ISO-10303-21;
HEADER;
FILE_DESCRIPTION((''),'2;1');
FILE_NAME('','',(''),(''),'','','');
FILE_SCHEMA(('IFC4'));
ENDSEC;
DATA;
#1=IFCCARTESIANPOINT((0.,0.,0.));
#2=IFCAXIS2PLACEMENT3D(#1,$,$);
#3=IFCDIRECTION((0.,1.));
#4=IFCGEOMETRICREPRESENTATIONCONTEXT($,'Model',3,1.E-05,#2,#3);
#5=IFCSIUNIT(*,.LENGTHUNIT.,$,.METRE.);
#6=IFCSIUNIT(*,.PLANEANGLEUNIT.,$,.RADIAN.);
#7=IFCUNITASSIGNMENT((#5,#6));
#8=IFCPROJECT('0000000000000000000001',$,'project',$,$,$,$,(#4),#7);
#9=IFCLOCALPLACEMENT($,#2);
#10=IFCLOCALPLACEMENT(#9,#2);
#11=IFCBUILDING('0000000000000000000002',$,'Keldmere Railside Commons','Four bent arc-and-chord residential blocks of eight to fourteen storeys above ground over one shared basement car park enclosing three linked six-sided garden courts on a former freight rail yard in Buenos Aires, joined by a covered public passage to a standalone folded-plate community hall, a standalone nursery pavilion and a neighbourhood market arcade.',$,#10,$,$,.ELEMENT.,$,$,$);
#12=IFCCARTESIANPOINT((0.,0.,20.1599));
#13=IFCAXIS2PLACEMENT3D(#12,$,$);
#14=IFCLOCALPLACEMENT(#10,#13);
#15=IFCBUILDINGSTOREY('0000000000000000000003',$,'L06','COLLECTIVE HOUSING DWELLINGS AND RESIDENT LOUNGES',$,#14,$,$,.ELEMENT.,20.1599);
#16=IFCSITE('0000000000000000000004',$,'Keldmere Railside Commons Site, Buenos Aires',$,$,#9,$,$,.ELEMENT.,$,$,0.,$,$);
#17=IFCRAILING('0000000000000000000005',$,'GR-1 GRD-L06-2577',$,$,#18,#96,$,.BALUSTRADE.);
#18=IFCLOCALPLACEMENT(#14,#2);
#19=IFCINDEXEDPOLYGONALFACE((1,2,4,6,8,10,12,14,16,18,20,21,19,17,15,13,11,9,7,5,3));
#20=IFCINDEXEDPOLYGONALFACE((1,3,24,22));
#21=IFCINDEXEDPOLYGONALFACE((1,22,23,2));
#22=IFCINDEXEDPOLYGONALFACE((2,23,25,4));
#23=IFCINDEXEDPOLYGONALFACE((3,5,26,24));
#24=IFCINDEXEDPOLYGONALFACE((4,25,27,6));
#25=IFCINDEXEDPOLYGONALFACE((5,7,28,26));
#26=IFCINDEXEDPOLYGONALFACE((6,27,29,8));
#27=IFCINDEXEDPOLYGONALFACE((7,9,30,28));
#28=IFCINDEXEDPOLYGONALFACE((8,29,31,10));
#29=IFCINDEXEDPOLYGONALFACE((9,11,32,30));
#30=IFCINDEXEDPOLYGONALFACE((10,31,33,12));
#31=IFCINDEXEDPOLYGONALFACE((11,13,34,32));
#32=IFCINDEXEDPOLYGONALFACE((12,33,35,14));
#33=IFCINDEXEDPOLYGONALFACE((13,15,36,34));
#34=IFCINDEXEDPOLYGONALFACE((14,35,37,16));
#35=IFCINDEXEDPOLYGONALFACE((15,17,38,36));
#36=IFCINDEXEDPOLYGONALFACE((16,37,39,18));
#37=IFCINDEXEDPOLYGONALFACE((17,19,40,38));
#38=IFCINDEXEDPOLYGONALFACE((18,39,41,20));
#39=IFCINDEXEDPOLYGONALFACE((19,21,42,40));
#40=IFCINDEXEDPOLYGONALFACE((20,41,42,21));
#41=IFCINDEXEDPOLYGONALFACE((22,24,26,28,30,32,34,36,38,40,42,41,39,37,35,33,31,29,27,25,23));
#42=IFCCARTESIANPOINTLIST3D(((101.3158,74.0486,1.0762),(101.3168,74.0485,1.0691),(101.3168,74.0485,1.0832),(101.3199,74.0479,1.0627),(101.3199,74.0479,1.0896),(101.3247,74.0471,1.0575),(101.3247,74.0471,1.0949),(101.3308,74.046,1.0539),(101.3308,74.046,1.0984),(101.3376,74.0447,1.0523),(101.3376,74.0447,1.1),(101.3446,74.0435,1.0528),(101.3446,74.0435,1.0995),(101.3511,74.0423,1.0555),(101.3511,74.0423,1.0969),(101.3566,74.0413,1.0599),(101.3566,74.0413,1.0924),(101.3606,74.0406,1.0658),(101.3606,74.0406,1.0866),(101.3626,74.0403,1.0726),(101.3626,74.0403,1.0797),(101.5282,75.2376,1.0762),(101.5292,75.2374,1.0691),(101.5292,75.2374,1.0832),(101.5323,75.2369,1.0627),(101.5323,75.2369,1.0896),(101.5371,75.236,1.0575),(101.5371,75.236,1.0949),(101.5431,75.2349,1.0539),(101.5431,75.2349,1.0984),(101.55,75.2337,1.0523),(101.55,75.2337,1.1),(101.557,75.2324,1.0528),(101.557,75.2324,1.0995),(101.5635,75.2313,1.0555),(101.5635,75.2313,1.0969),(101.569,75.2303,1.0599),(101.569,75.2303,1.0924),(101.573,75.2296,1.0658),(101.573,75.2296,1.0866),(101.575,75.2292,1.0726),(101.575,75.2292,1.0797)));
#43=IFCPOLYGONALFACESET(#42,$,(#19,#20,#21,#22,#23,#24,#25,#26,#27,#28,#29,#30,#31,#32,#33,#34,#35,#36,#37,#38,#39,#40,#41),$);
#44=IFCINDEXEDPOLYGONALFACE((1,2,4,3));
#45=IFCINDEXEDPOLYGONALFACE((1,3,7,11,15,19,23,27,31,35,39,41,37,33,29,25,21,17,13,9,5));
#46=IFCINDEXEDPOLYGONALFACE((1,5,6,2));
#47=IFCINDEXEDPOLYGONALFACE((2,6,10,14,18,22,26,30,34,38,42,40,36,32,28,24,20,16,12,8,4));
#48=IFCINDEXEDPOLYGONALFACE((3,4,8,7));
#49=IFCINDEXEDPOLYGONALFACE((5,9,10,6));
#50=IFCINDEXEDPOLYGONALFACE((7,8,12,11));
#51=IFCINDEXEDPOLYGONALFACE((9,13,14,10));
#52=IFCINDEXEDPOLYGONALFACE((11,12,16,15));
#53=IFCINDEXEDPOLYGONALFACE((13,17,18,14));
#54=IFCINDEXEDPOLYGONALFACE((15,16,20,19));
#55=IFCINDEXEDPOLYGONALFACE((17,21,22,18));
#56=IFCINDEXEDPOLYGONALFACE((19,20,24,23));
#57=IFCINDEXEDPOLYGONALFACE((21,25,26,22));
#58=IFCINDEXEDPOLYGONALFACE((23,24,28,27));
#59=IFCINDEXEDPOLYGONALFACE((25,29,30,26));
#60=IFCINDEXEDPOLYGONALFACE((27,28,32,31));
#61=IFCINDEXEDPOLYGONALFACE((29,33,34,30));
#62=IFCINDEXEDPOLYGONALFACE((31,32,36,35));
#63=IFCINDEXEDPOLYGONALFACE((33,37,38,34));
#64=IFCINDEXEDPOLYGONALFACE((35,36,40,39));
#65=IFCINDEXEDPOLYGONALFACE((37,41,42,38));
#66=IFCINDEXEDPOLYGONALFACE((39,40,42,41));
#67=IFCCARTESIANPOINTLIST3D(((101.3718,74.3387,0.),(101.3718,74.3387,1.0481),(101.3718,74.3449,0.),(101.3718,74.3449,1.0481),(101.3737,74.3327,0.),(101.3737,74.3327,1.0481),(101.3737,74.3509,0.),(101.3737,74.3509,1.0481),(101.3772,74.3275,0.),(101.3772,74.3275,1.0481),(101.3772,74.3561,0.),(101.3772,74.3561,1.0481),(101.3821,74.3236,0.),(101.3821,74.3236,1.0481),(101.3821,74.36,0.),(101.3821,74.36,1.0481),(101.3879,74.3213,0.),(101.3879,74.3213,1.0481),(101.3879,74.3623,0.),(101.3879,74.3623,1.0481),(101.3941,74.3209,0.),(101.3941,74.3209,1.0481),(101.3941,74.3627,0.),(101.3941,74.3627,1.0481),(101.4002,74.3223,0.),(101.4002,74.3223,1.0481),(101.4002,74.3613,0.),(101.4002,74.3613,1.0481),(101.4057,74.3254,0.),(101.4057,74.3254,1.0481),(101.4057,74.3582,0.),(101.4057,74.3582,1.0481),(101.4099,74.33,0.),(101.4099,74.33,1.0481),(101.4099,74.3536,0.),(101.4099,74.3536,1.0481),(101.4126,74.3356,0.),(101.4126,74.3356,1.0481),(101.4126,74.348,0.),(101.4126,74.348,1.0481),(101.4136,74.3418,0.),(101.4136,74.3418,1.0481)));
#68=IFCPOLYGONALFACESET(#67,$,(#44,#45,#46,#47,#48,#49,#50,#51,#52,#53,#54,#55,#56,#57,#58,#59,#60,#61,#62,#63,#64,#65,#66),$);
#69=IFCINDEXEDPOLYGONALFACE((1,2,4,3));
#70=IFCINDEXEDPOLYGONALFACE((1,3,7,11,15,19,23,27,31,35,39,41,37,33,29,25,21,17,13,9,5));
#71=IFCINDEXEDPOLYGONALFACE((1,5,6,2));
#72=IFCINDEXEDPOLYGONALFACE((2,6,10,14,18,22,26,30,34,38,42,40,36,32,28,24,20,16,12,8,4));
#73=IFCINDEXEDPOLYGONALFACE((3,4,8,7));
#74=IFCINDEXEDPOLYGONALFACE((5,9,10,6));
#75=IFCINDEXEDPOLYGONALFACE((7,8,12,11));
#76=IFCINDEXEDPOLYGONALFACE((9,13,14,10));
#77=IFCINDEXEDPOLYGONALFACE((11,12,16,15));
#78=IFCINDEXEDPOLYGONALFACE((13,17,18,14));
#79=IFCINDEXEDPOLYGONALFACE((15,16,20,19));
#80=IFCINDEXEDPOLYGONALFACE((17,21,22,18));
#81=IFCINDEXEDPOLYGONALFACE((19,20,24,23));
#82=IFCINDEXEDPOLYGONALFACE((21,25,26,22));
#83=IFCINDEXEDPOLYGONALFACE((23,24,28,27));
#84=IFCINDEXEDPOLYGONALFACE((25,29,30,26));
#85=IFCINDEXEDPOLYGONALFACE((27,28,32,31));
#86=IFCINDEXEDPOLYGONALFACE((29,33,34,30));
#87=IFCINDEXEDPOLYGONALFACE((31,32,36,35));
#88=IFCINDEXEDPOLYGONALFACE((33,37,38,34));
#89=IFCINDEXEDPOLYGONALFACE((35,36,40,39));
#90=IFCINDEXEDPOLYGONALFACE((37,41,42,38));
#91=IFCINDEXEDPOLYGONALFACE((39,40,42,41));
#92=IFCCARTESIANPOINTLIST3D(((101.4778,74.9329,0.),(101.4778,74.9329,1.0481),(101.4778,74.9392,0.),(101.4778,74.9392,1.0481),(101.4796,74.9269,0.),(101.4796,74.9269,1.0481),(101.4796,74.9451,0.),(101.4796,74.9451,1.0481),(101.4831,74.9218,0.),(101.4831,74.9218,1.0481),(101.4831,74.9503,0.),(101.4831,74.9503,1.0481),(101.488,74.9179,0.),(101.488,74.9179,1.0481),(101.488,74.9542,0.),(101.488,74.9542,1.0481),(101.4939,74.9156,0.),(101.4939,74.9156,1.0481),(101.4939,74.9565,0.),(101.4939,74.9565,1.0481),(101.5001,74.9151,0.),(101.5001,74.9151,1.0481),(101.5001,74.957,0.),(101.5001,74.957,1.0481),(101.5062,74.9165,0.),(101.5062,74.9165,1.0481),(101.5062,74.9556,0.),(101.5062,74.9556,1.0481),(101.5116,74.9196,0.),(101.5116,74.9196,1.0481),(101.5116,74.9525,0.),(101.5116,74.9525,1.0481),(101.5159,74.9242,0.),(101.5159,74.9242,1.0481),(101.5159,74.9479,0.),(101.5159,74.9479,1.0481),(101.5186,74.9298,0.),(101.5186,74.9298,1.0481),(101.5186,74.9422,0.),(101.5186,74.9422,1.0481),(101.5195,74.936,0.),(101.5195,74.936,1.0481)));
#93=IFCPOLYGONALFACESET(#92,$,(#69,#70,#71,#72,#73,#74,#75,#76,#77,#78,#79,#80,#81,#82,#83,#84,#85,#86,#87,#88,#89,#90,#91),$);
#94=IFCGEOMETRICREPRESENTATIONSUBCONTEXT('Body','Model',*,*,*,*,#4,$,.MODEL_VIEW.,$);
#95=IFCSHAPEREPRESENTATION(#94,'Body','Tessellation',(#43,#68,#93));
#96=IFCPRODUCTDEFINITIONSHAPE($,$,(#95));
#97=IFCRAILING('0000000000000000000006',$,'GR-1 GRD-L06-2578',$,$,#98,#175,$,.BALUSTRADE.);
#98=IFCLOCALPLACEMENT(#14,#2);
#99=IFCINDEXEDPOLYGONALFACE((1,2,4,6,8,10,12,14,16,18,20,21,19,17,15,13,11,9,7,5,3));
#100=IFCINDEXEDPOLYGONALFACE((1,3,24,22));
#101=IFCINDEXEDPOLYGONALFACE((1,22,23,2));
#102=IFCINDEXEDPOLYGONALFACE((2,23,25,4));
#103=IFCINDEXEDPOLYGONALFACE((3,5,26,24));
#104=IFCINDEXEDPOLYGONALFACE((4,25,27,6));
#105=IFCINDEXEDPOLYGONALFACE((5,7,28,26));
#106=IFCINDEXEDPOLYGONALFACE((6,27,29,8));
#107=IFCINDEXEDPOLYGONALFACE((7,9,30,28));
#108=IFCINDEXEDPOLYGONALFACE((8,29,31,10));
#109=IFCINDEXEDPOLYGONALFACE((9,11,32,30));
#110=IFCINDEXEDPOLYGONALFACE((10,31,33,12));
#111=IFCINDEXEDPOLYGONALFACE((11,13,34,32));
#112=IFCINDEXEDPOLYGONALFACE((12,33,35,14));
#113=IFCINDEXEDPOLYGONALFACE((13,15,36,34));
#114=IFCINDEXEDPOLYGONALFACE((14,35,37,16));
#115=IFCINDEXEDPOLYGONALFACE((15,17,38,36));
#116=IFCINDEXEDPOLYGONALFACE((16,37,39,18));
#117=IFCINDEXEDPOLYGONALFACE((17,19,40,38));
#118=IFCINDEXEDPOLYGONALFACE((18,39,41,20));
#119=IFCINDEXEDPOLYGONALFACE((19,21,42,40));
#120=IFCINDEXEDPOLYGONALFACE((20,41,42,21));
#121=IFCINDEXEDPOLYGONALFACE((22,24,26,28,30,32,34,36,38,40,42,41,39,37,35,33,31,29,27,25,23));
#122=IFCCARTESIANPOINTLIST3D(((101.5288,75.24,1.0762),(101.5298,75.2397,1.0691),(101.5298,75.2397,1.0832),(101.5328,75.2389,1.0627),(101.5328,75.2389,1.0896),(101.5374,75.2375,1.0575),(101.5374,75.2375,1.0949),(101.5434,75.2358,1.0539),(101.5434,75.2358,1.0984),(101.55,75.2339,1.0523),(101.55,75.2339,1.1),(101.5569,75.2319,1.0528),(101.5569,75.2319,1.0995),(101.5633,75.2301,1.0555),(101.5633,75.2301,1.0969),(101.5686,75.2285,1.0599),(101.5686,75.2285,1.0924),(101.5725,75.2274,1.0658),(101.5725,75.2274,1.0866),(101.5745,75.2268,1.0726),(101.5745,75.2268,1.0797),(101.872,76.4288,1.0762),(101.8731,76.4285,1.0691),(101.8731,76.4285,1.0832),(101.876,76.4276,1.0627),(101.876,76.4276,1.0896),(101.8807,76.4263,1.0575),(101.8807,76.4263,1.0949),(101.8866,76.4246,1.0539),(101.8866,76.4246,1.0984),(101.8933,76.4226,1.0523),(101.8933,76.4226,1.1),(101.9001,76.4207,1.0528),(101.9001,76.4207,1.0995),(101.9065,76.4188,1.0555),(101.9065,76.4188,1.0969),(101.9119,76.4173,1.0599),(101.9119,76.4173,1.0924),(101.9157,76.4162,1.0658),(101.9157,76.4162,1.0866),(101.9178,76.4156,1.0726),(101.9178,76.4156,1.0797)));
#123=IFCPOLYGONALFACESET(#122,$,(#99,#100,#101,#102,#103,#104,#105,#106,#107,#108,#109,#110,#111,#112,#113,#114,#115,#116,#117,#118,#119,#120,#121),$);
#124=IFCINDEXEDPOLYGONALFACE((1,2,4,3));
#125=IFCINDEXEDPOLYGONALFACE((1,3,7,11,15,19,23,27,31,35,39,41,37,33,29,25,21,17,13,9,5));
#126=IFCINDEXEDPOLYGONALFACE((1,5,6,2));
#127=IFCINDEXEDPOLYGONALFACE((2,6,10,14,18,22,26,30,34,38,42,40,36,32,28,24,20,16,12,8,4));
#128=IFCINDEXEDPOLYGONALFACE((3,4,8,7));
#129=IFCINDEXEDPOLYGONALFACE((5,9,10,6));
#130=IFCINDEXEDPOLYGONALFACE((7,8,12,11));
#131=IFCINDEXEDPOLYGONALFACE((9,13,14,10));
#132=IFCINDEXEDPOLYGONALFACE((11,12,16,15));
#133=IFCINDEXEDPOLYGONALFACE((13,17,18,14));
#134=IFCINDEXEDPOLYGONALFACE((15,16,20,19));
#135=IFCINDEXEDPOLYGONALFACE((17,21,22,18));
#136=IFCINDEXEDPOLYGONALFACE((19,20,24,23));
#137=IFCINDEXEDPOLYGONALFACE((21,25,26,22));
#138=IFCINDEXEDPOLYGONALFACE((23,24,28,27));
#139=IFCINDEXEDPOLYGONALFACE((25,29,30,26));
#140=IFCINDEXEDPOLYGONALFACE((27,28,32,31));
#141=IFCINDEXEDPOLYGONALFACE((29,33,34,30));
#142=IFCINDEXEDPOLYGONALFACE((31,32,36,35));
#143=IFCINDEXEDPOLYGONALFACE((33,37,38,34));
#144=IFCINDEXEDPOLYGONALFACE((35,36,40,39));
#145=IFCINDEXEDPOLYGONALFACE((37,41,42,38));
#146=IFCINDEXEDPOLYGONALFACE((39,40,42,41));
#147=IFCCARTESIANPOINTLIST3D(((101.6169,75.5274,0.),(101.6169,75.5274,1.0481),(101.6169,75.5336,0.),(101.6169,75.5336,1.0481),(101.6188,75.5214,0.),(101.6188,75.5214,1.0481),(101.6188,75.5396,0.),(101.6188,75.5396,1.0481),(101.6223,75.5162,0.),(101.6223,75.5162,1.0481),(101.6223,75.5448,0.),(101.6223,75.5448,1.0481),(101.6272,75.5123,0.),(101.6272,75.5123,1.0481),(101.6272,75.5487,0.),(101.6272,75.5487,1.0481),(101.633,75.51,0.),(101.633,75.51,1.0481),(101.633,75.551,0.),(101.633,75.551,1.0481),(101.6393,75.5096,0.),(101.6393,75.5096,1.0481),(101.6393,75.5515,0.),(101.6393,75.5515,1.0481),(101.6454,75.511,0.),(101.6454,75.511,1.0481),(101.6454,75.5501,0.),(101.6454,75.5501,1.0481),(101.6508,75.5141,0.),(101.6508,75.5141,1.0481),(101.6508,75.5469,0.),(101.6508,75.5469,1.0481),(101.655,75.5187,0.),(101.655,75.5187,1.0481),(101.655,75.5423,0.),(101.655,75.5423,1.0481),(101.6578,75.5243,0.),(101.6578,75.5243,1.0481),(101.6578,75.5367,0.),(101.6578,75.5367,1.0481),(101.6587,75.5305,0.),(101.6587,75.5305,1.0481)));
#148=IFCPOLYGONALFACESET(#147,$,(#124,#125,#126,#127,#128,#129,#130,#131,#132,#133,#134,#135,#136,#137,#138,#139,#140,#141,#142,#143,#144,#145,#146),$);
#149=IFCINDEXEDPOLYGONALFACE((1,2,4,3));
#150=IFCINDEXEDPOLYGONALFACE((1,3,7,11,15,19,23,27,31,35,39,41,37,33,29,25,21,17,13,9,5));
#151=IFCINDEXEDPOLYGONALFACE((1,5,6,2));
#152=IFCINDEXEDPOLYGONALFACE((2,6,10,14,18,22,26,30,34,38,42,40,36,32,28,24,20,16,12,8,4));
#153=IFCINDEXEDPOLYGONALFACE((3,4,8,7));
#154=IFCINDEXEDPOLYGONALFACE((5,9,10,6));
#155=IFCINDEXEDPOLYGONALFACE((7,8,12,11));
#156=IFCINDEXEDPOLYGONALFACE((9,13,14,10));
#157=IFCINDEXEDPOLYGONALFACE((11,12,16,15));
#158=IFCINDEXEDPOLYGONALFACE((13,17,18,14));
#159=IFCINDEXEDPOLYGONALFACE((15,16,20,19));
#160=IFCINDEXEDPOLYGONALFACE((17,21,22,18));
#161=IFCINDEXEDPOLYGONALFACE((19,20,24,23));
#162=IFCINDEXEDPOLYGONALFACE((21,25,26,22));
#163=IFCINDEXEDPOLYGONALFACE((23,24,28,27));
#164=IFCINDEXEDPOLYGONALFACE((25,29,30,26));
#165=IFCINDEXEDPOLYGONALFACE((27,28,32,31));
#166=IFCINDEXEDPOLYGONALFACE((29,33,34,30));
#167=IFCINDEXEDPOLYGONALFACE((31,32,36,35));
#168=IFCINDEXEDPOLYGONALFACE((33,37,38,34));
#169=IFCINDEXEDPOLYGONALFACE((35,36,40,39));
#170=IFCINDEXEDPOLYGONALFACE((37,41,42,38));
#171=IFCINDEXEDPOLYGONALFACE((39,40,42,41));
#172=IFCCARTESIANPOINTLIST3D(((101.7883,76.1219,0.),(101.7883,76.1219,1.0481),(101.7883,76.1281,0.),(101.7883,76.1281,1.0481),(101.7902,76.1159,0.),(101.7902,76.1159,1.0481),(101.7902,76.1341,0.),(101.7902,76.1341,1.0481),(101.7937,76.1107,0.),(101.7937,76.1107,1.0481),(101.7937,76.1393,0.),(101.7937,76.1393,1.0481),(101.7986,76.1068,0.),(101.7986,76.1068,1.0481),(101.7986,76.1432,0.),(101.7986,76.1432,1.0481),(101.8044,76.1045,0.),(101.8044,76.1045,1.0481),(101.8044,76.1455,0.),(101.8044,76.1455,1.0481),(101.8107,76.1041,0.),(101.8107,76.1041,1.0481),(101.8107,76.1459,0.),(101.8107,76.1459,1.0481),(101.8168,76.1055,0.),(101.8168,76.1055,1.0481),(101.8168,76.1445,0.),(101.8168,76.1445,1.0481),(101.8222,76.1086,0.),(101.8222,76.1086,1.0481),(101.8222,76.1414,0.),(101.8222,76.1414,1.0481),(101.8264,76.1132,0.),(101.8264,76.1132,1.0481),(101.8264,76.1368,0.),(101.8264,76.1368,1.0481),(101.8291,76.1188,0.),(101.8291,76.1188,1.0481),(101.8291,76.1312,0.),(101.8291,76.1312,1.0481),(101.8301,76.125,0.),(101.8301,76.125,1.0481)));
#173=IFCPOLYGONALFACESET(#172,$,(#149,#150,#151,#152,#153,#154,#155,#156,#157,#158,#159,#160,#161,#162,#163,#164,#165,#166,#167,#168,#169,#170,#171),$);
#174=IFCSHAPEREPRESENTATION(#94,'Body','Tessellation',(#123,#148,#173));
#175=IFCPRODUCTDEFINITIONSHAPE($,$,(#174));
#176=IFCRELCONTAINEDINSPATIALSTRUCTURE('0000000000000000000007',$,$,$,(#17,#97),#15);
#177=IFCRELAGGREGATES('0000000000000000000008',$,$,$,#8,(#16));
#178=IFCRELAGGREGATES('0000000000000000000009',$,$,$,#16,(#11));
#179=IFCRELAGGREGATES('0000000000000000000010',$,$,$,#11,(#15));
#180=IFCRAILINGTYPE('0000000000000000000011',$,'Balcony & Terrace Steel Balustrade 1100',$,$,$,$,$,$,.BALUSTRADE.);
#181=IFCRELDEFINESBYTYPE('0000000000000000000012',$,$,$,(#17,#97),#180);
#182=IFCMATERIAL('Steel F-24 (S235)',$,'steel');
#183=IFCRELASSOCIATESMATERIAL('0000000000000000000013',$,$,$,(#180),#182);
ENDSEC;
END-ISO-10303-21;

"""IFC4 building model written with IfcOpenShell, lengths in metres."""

from ifc_helpers import new_model, si_unit, direction, frame, origin, origin_2d, place, context, subcontext, project, spatial, circle, extrude, material, type_object, element, save


model = new_model("IFC4")

# Units and contexts
model_context = context("Model", 3, precision=1e-05, world=origin(), true_north=direction((0.0, 1.0)))
body_context = subcontext(model_context, "Body", "Model", "MODEL_VIEW")
ifc_project = project(units=[si_unit("LENGTHUNIT", "METRE"), si_unit("PLANEANGLEUNIT", "RADIAN")], contexts=[model_context])

# Site, building, storey
site_placement = place(None, origin())
site = spatial("IfcSite", under=ifc_project, at=site_placement, Name="Keldmere Railside Commons Site, Buenos Aires", CompositionType="ELEMENT", RefElevation=0.0)
building_placement = place(site_placement, origin())
building = spatial("IfcBuilding", under=site, at=building_placement, Name="Keldmere Railside Commons", Description="Four bent arc-and-chord residential blocks of eight to fourteen storeys above ground over one shared basement car park enclosing three linked six-sided garden courts on a former freight rail yard in Buenos Aires, joined by a covered public passage to a standalone folded-plate community hall, a standalone nursery pavilion and a neighbourhood market arcade.", CompositionType="ELEMENT")
storey_placement = place(building_placement, frame((0.0, 0.0, 20.1599)))
storey = spatial("IfcBuildingStorey", under=building, at=storey_placement, Name="L06", Description="COLLECTIVE HOUSING DWELLINGS AND RESIDENT LOUNGES", CompositionType="ELEMENT", Elevation=20.1599)

# Shared definitions
ifc_material_1 = material(Name="Steel F-24 (S235)", Category="steel")

# Railings
railing_type_1 = type_object("IfcRailingType", Name="Balcony & Terrace Steel Balustrade 1100", PredefinedType="BALUSTRADE", material=ifc_material_1)
railing_1_placement = place(storey_placement, frame((101.3394, 74.0444, 0.0)))
element("IfcRailing", 1, at=railing_1_placement, inside=storey, type_object=railing_type_1, Name="GR-1 GRD-L06-2577", PredefinedType="BALUSTRADE", context=body_context, shape_type="SweptSolid", body=[
    extrude(circle(Radius=0.0239, at=origin_2d()), frame((0.0, 0.0, 1.0762), z_axis=(0.175861, 0.984415, 0.0), x_axis=(-0.984415, 0.175861, 0.0)), (0.0, 0.0, 1.0), 1.2078),
    extrude(circle(Radius=0.021, at=origin_2d()), frame((0.0532, 0.2974, 0.0)), (0.0, 0.0, 1.0), 1.0481),
    extrude(circle(Radius=0.021, at=origin_2d()), frame((0.1592, 0.8916, 0.0)), (0.0, 0.0, 1.0), 1.0481),
])
railing_2_placement = place(storey_placement, frame((101.5518, 75.2334, 0.0)))
element("IfcRailing", 2, at=railing_2_placement, inside=storey, type_object=railing_type_1, Name="GR-1 GRD-L06-2578", PredefinedType="BALUSTRADE", context=body_context, shape_type="SweptSolid", body=[
    extrude(circle(Radius=0.0239, at=origin_2d()), frame((0.0, 0.0, 1.0762), z_axis=(0.27743, 0.960746, 0.0), x_axis=(-0.960746, 0.27743, 0.0)), (0.0, 0.0, 1.0), 1.2373),
    extrude(circle(Radius=0.021, at=origin_2d()), frame((0.0859, 0.2971, 0.0)), (0.0, 0.0, 1.0), 1.0481),
    extrude(circle(Radius=0.021, at=origin_2d()), frame((0.2573, 0.8916, 0.0)), (0.0, 0.0, 1.0), 1.0481),
])

save(model, "model.ifc")
